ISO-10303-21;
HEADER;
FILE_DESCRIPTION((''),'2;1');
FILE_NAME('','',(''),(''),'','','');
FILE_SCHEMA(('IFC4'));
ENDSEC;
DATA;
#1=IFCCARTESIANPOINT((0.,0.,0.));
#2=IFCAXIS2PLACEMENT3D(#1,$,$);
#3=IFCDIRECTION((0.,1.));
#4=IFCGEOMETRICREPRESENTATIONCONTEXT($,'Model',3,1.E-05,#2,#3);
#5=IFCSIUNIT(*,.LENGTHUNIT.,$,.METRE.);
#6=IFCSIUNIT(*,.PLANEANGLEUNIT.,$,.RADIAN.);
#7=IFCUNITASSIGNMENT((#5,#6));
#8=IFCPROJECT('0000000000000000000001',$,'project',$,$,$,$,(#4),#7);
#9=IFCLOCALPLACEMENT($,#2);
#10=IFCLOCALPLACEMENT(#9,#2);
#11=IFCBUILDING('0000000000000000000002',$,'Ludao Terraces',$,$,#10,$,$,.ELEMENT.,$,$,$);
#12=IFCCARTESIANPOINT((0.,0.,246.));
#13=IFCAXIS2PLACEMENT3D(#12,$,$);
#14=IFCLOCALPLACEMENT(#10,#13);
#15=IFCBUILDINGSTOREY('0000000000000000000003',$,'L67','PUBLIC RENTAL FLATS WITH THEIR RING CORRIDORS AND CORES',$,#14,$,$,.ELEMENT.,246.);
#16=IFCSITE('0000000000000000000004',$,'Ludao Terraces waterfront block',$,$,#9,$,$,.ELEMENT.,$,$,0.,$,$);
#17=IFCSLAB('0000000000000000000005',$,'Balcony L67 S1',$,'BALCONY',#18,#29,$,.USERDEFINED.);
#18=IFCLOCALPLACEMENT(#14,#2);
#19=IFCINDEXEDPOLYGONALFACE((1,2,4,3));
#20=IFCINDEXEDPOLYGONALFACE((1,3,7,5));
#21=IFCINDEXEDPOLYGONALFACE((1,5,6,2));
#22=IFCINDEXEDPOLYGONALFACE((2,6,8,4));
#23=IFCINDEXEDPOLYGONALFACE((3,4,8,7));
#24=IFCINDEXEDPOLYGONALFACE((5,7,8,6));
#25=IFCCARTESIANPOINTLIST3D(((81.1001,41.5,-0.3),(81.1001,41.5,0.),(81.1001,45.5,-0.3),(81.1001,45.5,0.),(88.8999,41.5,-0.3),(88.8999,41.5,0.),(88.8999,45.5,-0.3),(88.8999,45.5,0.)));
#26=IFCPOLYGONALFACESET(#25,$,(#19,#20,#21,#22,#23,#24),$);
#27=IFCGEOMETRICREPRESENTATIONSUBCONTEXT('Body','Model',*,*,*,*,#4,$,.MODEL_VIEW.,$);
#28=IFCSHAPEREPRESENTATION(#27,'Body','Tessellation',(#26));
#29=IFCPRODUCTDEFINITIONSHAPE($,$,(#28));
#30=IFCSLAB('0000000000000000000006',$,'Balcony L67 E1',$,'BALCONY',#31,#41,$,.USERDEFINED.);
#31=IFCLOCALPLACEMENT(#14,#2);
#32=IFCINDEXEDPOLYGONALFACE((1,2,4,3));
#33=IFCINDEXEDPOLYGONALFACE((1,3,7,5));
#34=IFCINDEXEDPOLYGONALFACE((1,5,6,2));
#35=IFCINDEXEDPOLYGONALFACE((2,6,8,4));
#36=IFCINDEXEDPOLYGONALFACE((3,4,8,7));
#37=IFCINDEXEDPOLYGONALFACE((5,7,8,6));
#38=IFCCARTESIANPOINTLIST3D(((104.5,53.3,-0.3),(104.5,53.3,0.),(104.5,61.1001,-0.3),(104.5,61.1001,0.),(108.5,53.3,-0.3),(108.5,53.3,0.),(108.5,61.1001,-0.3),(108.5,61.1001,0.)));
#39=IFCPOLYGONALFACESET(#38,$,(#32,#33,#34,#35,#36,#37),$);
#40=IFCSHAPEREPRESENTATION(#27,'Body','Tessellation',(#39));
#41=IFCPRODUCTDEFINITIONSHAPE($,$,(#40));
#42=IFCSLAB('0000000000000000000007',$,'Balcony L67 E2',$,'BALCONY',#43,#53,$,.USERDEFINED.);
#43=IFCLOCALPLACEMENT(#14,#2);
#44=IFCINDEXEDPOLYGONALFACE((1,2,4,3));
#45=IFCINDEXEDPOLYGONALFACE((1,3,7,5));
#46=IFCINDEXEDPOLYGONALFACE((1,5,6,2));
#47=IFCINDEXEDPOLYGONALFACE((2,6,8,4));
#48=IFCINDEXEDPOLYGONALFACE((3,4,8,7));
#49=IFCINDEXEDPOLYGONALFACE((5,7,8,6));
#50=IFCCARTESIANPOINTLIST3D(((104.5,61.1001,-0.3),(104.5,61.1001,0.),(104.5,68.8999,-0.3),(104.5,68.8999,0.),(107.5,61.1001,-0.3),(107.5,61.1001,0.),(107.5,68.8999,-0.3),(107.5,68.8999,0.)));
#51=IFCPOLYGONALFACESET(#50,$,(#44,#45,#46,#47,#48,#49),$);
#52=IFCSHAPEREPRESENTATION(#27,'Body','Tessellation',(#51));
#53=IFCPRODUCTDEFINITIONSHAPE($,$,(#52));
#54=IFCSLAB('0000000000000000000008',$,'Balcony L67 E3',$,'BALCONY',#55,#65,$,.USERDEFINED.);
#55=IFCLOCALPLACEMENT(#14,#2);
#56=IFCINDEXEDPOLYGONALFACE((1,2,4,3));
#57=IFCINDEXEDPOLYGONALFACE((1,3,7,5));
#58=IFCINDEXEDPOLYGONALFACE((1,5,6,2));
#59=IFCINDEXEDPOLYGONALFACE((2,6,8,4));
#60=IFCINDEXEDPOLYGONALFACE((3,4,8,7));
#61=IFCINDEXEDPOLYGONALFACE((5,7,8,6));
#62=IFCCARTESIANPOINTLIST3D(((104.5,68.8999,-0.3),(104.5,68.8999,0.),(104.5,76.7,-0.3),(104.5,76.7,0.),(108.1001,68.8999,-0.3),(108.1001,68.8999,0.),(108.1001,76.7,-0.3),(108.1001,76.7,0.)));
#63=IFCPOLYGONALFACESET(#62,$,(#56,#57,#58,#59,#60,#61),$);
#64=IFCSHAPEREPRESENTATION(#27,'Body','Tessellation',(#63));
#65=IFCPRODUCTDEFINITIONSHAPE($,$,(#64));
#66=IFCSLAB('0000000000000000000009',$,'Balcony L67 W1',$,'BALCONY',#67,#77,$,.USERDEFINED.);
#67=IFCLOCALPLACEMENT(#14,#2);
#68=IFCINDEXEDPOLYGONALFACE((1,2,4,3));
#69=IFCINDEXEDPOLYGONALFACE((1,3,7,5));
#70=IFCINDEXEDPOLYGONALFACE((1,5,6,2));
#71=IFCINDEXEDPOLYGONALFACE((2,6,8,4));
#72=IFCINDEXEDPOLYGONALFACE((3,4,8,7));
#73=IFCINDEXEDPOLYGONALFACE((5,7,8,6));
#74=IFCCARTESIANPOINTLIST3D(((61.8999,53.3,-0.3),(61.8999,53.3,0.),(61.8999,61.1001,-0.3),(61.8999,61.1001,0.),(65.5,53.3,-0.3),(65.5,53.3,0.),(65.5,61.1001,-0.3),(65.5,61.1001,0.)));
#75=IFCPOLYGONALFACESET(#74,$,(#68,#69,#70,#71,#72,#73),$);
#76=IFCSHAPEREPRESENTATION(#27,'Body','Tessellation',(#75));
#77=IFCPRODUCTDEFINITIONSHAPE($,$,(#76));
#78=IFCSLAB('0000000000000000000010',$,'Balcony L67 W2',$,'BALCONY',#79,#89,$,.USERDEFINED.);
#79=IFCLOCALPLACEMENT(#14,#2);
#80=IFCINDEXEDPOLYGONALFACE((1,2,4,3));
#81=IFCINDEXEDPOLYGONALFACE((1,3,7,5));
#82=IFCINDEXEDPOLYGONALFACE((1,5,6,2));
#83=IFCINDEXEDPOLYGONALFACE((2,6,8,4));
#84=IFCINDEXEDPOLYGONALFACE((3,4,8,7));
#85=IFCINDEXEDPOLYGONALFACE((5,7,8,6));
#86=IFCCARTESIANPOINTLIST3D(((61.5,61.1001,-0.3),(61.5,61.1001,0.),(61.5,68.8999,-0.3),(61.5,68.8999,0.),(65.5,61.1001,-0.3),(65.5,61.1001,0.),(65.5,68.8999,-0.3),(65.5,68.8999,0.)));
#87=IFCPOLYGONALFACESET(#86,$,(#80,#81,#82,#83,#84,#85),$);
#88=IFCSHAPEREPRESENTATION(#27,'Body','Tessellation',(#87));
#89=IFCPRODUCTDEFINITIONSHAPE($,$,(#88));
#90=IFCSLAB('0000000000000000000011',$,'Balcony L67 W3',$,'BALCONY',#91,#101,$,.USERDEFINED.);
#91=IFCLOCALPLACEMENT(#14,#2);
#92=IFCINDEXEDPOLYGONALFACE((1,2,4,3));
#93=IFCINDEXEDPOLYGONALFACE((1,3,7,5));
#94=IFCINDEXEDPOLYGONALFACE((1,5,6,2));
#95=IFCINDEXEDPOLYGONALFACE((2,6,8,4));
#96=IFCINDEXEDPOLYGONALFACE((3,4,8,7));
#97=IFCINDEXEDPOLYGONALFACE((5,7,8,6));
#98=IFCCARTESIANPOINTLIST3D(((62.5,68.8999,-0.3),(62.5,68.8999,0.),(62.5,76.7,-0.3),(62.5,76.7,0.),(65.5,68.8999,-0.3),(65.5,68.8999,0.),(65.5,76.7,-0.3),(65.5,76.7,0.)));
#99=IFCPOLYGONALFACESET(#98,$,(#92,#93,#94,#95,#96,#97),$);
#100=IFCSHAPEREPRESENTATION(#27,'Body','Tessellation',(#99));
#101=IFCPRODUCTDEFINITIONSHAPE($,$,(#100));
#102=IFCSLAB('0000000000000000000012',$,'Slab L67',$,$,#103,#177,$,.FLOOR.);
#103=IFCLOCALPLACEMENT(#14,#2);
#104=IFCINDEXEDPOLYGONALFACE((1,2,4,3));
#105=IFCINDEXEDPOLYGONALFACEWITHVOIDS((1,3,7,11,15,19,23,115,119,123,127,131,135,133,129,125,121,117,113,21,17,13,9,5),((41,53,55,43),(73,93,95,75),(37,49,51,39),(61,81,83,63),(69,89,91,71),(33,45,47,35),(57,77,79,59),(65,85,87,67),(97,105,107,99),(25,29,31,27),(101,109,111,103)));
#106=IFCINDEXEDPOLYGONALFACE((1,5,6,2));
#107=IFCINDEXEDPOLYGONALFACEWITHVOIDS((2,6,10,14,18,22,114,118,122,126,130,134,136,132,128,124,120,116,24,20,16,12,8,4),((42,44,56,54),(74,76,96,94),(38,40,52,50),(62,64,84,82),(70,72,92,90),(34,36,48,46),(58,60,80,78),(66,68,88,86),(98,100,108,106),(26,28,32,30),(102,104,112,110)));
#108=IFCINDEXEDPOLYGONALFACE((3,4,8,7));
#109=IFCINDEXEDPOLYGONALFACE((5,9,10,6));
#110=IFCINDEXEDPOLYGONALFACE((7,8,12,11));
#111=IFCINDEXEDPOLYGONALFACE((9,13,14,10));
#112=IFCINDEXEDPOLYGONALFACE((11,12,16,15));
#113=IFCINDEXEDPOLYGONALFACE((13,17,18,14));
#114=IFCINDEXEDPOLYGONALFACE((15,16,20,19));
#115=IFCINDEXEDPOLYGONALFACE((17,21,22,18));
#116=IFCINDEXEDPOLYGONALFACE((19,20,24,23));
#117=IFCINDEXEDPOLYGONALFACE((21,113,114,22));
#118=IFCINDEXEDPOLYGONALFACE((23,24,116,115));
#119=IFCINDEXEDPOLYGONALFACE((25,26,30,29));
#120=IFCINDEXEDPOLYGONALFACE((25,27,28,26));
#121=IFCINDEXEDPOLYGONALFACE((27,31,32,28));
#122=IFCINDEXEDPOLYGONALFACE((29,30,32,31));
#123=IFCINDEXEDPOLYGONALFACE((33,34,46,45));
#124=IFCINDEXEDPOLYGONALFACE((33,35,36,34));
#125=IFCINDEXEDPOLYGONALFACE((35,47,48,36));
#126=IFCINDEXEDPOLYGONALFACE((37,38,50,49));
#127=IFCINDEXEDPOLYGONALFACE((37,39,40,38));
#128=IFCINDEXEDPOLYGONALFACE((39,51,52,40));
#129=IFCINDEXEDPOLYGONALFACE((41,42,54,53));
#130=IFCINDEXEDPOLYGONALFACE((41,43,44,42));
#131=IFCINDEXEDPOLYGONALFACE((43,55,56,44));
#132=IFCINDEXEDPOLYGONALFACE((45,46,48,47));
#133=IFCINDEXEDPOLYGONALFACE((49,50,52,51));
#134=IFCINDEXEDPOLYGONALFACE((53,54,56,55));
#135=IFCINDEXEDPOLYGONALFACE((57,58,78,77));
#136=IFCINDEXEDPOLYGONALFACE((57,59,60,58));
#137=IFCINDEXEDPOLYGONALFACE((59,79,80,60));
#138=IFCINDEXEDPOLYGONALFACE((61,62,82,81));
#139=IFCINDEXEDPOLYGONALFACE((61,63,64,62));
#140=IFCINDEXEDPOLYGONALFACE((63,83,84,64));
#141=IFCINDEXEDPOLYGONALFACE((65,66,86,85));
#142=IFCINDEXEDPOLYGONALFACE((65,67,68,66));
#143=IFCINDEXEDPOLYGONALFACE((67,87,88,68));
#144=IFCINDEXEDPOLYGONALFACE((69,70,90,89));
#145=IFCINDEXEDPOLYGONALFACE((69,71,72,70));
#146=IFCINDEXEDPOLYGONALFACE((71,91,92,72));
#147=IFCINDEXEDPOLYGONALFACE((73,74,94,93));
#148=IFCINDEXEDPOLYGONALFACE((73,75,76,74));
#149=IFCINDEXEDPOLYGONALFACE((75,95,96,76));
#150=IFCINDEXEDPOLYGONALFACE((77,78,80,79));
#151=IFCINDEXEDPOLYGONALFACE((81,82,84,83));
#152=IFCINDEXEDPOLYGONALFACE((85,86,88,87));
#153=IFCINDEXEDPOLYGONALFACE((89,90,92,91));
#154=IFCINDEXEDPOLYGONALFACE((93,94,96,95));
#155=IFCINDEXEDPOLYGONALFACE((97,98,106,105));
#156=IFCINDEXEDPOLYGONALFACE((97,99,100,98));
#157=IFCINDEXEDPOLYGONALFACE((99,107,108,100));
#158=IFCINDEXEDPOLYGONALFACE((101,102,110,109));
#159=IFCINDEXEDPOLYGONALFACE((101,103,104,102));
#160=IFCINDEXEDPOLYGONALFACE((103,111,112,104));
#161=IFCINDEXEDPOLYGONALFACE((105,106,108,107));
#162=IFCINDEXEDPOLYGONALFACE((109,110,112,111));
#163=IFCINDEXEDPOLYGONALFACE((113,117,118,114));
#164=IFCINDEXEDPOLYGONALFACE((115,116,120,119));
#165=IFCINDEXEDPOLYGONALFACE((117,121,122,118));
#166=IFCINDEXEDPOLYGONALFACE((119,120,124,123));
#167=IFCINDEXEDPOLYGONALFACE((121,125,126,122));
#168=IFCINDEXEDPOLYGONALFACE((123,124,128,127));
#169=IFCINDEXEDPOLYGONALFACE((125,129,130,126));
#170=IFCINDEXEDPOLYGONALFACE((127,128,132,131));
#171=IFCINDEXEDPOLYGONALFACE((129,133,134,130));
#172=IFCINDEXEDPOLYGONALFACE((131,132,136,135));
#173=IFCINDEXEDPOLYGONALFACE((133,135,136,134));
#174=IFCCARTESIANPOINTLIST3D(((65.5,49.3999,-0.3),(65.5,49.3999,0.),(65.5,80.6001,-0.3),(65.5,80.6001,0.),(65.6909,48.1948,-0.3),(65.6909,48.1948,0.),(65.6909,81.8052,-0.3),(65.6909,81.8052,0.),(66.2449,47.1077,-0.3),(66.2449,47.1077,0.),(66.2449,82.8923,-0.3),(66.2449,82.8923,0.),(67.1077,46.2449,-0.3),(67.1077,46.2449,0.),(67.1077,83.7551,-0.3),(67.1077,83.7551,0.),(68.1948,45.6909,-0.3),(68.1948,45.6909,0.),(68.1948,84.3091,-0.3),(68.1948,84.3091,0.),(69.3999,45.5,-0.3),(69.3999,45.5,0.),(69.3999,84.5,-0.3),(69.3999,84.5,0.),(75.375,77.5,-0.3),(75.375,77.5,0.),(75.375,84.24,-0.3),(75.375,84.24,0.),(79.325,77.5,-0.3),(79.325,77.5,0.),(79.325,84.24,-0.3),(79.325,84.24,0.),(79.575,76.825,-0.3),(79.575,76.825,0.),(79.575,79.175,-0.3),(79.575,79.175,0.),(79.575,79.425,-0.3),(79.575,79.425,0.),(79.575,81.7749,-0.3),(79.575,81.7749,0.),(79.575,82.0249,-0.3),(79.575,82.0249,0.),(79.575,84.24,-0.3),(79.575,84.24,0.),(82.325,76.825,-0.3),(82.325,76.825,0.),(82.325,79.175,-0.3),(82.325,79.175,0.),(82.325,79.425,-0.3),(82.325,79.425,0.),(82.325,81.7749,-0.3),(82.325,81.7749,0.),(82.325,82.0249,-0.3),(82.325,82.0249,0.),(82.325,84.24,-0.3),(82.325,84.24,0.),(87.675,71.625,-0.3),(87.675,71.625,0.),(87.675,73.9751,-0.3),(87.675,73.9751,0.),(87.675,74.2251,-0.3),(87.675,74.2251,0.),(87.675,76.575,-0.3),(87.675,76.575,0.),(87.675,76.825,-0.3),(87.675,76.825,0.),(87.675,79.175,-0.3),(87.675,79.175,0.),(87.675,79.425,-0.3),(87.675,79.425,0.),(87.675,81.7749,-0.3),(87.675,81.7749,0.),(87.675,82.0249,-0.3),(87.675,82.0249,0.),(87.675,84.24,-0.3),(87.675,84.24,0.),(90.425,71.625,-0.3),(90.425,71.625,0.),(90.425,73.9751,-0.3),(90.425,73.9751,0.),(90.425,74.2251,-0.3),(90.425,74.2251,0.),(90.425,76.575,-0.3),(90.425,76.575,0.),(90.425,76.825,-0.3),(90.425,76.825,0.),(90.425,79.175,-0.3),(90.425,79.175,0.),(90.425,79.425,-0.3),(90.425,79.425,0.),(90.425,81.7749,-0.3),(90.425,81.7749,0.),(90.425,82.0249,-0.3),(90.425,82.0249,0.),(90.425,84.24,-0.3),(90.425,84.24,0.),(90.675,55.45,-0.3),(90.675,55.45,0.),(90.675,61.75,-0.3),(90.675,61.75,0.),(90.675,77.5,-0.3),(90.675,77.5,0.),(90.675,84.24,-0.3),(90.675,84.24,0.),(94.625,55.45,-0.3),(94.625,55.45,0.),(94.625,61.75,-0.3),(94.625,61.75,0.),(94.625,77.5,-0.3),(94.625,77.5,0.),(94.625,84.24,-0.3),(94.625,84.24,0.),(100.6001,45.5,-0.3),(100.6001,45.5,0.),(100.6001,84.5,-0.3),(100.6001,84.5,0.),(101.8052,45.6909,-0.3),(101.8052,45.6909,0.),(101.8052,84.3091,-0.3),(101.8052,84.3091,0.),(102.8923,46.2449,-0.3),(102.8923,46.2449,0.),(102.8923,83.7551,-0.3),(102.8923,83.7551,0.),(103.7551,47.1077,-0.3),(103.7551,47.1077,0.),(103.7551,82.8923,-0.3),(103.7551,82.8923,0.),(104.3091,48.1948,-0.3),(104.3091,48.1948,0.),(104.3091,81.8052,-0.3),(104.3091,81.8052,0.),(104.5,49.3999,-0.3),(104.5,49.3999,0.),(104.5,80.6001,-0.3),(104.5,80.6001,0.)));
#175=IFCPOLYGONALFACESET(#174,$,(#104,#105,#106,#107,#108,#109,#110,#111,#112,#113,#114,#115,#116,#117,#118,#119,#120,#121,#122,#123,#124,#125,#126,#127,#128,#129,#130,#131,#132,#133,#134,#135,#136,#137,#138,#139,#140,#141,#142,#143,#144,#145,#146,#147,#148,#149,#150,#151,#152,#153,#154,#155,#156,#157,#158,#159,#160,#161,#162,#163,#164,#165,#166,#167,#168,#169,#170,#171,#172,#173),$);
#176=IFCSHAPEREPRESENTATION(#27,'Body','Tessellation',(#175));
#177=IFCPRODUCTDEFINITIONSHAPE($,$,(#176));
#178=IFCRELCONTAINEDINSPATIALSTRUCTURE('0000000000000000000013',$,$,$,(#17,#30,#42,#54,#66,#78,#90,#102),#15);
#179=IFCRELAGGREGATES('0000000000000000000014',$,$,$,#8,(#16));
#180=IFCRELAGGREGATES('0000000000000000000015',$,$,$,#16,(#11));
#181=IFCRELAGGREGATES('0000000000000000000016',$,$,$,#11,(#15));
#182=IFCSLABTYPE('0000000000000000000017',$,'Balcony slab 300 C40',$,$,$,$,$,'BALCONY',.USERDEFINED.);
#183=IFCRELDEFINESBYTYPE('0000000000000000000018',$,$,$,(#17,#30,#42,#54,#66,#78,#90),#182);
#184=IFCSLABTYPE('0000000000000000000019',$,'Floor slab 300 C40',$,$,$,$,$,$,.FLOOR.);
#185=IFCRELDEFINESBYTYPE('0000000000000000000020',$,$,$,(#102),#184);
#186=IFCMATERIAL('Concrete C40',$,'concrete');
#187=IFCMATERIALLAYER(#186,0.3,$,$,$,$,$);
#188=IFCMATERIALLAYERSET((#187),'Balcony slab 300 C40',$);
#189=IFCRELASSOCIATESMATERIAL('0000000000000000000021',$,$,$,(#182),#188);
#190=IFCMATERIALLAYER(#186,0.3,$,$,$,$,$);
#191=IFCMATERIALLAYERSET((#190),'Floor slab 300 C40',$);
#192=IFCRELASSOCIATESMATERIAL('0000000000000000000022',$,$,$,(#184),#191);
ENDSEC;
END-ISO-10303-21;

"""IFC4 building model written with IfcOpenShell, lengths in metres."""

from ifc_helpers import new_model, si_unit, direction, frame, origin, place, context, subcontext, project, spatial, polyline, outline, extrude, material, layer, layer_set, type_object, element, save


model = new_model("IFC4")

# Units and contexts
model_context = context("Model", 3, precision=1e-05, world=origin(), true_north=direction((0.0, 1.0)))
body_context = subcontext(model_context, "Body", "Model", "MODEL_VIEW")
ifc_project = project(units=[si_unit("LENGTHUNIT", "METRE"), si_unit("PLANEANGLEUNIT", "RADIAN")], contexts=[model_context])

# Site, building, storey
site_placement = place(None, origin())
site = spatial("IfcSite", under=ifc_project, at=site_placement, Name="Ludao Terraces waterfront block", CompositionType="ELEMENT", RefElevation=0.0)
building_placement = place(site_placement, origin())
building = spatial("IfcBuilding", under=site, at=building_placement, Name="Ludao Terraces", CompositionType="ELEMENT")
storey_placement = place(building_placement, frame((0.0, 0.0, 246.0)))
storey = spatial("IfcBuildingStorey", under=building, at=storey_placement, Name="L67", Description="PUBLIC RENTAL FLATS WITH THEIR RING CORRIDORS AND CORES", CompositionType="ELEMENT", Elevation=246.0)

# Slabs
ifc_material_1 = material(Name="Concrete C40", Category="concrete")
ifc_layer_1 = layer(ifc_material_1, 0.3)
ifc_layer_set_1 = layer_set([ifc_layer_1], Name="Balcony slab 300 C40")
slab_type_1 = type_object("IfcSlabType", Name="Balcony slab 300 C40", ElementType="BALCONY", PredefinedType="USERDEFINED", material=ifc_layer_set_1)
slab_1_placement = place(storey_placement, frame((0.0, 0.0, -0.3)))
element("IfcSlab", 1, at=slab_1_placement, inside=storey, type_object=slab_type_1, Name="Balcony L67 S1", ObjectType="BALCONY", PredefinedType="USERDEFINED", context=body_context, shape_type="SweptSolid", body=[
    extrude(outline(polyline([(81.1001, 41.5), (88.8999, 41.5), (88.8999, 45.5), (81.1001, 45.5), (81.1001, 41.5)])), origin(), (0.0, 0.0, 1.0), 0.3),
])
slab_2_placement = place(storey_placement, frame((0.0, 0.0, -0.3)))
element("IfcSlab", 2, at=slab_2_placement, inside=storey, type_object=slab_type_1, Name="Balcony L67 E1", ObjectType="BALCONY", PredefinedType="USERDEFINED", context=body_context, shape_type="SweptSolid", body=[
    extrude(outline(polyline([(104.5, 53.3), (108.5, 53.3), (108.5, 61.1001), (104.5, 61.1001), (104.5, 53.3)])), origin(), (0.0, 0.0, 1.0), 0.3),
])
slab_3_placement = place(storey_placement, frame((0.0, 0.0, -0.3)))
element("IfcSlab", 3, at=slab_3_placement, inside=storey, type_object=slab_type_1, Name="Balcony L67 E2", ObjectType="BALCONY", PredefinedType="USERDEFINED", context=body_context, shape_type="SweptSolid", body=[
    extrude(outline(polyline([(104.5, 61.1001), (107.5, 61.1001), (107.5, 68.8999), (104.5, 68.8999), (104.5, 61.1001)])), origin(), (0.0, 0.0, 1.0), 0.3),
])
slab_4_placement = place(storey_placement, frame((0.0, 0.0, -0.3)))
element("IfcSlab", 4, at=slab_4_placement, inside=storey, type_object=slab_type_1, Name="Balcony L67 E3", ObjectType="BALCONY", PredefinedType="USERDEFINED", context=body_context, shape_type="SweptSolid", body=[
    extrude(outline(polyline([(104.5, 68.8999), (108.1001, 68.8999), (108.1001, 76.7), (104.5, 76.7), (104.5, 68.8999)])), origin(), (0.0, 0.0, 1.0), 0.3),
])
slab_5_placement = place(storey_placement, frame((0.0, 0.0, -0.3)))
element("IfcSlab", 5, at=slab_5_placement, inside=storey, type_object=slab_type_1, Name="Balcony L67 W1", ObjectType="BALCONY", PredefinedType="USERDEFINED", context=body_context, shape_type="SweptSolid", body=[
    extrude(outline(polyline([(61.8999, 53.3), (65.5, 53.3), (65.5, 61.1001), (61.8999, 61.1001), (61.8999, 53.3)])), origin(), (0.0, 0.0, 1.0), 0.3),
])
slab_6_placement = place(storey_placement, frame((0.0, 0.0, -0.3)))
element("IfcSlab", 6, at=slab_6_placement, inside=storey, type_object=slab_type_1, Name="Balcony L67 W2", ObjectType="BALCONY", PredefinedType="USERDEFINED", context=body_context, shape_type="SweptSolid", body=[
    extrude(outline(polyline([(61.5, 61.1001), (65.5, 61.1001), (65.5, 68.8999), (61.5, 68.8999), (61.5, 61.1001)])), origin(), (0.0, 0.0, 1.0), 0.3),
])
slab_7_placement = place(storey_placement, frame((0.0, 0.0, -0.3)))
element("IfcSlab", 7, at=slab_7_placement, inside=storey, type_object=slab_type_1, Name="Balcony L67 W3", ObjectType="BALCONY", PredefinedType="USERDEFINED", context=body_context, shape_type="SweptSolid", body=[
    extrude(outline(polyline([(62.5, 68.8999), (65.5, 68.8999), (65.5, 76.7), (62.5, 76.7), (62.5, 68.8999)])), origin(), (0.0, 0.0, 1.0), 0.3),
])
ifc_layer_2 = layer(ifc_material_1, 0.3)
ifc_layer_set_2 = layer_set([ifc_layer_2], Name="Floor slab 300 C40")
slab_type_2 = type_object("IfcSlabType", Name="Floor slab 300 C40", PredefinedType="FLOOR", material=ifc_layer_set_2)
slab_8_placement = place(storey_placement, frame((0.0, 0.0, -0.3)))
element("IfcSlab", 8, at=slab_8_placement, inside=storey, type_object=slab_type_2, Name="Slab L67", PredefinedType="FLOOR", context=body_context, shape_type="SweptSolid", body=[
    extrude(outline(polyline([(100.6001, 45.5), (101.8052, 45.6909), (102.8923, 46.2449), (103.7551, 47.1077), (104.3091, 48.1948), (104.5, 49.3999), (104.5, 80.6001), (104.3091, 81.8052), (103.7551, 82.8923), (102.8923, 83.7551), (101.8052, 84.3091), (100.6001, 84.5), (69.3999, 84.5), (68.1948, 84.3091), (67.1077, 83.7551), (66.2449, 82.8923), (65.6909, 81.8052), (65.5, 80.6001), (65.5, 49.3999), (65.6909, 48.1948), (66.2449, 47.1077), (67.1077, 46.2449), (68.1948, 45.6909), (69.3999, 45.5), (100.6001, 45.5)]), holes=[polyline([(79.575, 76.825), (82.325, 76.825), (82.325, 79.175), (79.575, 79.175), (79.575, 76.825)]), polyline([(79.575, 79.425), (82.325, 79.425), (82.325, 81.7749), (79.575, 81.7749), (79.575, 79.425)]), polyline([(79.575, 82.0249), (82.325, 82.0249), (82.325, 84.24), (79.575, 84.24), (79.575, 82.0249)]), polyline([(87.675, 71.625), (90.425, 71.625), (90.425, 73.9751), (87.675, 73.9751), (87.675, 71.625)]), polyline([(87.675, 74.2251), (90.425, 74.2251), (90.425, 76.575), (87.675, 76.575), (87.675, 74.2251)]), polyline([(87.675, 76.825), (90.425, 76.825), (90.425, 79.175), (87.675, 79.175), (87.675, 76.825)]), polyline([(87.675, 79.425), (90.425, 79.425), (90.425, 81.7749), (87.675, 81.7749), (87.675, 79.425)]), polyline([(87.675, 82.0249), (90.425, 82.0249), (90.425, 84.24), (87.675, 84.24), (87.675, 82.0249)]), polyline([(75.375, 77.5), (79.325, 77.5), (79.325, 84.24), (75.375, 84.24), (75.375, 77.5)]), polyline([(90.675, 77.5), (94.625, 77.5), (94.625, 84.24), (90.675, 84.24), (90.675, 77.5)]), polyline([(90.675, 55.45), (94.625, 55.45), (94.625, 61.75), (90.675, 61.75), (90.675, 55.45)])]), origin(), (0.0, 0.0, 1.0), 0.3),
])

save(model, "model.ifc")
